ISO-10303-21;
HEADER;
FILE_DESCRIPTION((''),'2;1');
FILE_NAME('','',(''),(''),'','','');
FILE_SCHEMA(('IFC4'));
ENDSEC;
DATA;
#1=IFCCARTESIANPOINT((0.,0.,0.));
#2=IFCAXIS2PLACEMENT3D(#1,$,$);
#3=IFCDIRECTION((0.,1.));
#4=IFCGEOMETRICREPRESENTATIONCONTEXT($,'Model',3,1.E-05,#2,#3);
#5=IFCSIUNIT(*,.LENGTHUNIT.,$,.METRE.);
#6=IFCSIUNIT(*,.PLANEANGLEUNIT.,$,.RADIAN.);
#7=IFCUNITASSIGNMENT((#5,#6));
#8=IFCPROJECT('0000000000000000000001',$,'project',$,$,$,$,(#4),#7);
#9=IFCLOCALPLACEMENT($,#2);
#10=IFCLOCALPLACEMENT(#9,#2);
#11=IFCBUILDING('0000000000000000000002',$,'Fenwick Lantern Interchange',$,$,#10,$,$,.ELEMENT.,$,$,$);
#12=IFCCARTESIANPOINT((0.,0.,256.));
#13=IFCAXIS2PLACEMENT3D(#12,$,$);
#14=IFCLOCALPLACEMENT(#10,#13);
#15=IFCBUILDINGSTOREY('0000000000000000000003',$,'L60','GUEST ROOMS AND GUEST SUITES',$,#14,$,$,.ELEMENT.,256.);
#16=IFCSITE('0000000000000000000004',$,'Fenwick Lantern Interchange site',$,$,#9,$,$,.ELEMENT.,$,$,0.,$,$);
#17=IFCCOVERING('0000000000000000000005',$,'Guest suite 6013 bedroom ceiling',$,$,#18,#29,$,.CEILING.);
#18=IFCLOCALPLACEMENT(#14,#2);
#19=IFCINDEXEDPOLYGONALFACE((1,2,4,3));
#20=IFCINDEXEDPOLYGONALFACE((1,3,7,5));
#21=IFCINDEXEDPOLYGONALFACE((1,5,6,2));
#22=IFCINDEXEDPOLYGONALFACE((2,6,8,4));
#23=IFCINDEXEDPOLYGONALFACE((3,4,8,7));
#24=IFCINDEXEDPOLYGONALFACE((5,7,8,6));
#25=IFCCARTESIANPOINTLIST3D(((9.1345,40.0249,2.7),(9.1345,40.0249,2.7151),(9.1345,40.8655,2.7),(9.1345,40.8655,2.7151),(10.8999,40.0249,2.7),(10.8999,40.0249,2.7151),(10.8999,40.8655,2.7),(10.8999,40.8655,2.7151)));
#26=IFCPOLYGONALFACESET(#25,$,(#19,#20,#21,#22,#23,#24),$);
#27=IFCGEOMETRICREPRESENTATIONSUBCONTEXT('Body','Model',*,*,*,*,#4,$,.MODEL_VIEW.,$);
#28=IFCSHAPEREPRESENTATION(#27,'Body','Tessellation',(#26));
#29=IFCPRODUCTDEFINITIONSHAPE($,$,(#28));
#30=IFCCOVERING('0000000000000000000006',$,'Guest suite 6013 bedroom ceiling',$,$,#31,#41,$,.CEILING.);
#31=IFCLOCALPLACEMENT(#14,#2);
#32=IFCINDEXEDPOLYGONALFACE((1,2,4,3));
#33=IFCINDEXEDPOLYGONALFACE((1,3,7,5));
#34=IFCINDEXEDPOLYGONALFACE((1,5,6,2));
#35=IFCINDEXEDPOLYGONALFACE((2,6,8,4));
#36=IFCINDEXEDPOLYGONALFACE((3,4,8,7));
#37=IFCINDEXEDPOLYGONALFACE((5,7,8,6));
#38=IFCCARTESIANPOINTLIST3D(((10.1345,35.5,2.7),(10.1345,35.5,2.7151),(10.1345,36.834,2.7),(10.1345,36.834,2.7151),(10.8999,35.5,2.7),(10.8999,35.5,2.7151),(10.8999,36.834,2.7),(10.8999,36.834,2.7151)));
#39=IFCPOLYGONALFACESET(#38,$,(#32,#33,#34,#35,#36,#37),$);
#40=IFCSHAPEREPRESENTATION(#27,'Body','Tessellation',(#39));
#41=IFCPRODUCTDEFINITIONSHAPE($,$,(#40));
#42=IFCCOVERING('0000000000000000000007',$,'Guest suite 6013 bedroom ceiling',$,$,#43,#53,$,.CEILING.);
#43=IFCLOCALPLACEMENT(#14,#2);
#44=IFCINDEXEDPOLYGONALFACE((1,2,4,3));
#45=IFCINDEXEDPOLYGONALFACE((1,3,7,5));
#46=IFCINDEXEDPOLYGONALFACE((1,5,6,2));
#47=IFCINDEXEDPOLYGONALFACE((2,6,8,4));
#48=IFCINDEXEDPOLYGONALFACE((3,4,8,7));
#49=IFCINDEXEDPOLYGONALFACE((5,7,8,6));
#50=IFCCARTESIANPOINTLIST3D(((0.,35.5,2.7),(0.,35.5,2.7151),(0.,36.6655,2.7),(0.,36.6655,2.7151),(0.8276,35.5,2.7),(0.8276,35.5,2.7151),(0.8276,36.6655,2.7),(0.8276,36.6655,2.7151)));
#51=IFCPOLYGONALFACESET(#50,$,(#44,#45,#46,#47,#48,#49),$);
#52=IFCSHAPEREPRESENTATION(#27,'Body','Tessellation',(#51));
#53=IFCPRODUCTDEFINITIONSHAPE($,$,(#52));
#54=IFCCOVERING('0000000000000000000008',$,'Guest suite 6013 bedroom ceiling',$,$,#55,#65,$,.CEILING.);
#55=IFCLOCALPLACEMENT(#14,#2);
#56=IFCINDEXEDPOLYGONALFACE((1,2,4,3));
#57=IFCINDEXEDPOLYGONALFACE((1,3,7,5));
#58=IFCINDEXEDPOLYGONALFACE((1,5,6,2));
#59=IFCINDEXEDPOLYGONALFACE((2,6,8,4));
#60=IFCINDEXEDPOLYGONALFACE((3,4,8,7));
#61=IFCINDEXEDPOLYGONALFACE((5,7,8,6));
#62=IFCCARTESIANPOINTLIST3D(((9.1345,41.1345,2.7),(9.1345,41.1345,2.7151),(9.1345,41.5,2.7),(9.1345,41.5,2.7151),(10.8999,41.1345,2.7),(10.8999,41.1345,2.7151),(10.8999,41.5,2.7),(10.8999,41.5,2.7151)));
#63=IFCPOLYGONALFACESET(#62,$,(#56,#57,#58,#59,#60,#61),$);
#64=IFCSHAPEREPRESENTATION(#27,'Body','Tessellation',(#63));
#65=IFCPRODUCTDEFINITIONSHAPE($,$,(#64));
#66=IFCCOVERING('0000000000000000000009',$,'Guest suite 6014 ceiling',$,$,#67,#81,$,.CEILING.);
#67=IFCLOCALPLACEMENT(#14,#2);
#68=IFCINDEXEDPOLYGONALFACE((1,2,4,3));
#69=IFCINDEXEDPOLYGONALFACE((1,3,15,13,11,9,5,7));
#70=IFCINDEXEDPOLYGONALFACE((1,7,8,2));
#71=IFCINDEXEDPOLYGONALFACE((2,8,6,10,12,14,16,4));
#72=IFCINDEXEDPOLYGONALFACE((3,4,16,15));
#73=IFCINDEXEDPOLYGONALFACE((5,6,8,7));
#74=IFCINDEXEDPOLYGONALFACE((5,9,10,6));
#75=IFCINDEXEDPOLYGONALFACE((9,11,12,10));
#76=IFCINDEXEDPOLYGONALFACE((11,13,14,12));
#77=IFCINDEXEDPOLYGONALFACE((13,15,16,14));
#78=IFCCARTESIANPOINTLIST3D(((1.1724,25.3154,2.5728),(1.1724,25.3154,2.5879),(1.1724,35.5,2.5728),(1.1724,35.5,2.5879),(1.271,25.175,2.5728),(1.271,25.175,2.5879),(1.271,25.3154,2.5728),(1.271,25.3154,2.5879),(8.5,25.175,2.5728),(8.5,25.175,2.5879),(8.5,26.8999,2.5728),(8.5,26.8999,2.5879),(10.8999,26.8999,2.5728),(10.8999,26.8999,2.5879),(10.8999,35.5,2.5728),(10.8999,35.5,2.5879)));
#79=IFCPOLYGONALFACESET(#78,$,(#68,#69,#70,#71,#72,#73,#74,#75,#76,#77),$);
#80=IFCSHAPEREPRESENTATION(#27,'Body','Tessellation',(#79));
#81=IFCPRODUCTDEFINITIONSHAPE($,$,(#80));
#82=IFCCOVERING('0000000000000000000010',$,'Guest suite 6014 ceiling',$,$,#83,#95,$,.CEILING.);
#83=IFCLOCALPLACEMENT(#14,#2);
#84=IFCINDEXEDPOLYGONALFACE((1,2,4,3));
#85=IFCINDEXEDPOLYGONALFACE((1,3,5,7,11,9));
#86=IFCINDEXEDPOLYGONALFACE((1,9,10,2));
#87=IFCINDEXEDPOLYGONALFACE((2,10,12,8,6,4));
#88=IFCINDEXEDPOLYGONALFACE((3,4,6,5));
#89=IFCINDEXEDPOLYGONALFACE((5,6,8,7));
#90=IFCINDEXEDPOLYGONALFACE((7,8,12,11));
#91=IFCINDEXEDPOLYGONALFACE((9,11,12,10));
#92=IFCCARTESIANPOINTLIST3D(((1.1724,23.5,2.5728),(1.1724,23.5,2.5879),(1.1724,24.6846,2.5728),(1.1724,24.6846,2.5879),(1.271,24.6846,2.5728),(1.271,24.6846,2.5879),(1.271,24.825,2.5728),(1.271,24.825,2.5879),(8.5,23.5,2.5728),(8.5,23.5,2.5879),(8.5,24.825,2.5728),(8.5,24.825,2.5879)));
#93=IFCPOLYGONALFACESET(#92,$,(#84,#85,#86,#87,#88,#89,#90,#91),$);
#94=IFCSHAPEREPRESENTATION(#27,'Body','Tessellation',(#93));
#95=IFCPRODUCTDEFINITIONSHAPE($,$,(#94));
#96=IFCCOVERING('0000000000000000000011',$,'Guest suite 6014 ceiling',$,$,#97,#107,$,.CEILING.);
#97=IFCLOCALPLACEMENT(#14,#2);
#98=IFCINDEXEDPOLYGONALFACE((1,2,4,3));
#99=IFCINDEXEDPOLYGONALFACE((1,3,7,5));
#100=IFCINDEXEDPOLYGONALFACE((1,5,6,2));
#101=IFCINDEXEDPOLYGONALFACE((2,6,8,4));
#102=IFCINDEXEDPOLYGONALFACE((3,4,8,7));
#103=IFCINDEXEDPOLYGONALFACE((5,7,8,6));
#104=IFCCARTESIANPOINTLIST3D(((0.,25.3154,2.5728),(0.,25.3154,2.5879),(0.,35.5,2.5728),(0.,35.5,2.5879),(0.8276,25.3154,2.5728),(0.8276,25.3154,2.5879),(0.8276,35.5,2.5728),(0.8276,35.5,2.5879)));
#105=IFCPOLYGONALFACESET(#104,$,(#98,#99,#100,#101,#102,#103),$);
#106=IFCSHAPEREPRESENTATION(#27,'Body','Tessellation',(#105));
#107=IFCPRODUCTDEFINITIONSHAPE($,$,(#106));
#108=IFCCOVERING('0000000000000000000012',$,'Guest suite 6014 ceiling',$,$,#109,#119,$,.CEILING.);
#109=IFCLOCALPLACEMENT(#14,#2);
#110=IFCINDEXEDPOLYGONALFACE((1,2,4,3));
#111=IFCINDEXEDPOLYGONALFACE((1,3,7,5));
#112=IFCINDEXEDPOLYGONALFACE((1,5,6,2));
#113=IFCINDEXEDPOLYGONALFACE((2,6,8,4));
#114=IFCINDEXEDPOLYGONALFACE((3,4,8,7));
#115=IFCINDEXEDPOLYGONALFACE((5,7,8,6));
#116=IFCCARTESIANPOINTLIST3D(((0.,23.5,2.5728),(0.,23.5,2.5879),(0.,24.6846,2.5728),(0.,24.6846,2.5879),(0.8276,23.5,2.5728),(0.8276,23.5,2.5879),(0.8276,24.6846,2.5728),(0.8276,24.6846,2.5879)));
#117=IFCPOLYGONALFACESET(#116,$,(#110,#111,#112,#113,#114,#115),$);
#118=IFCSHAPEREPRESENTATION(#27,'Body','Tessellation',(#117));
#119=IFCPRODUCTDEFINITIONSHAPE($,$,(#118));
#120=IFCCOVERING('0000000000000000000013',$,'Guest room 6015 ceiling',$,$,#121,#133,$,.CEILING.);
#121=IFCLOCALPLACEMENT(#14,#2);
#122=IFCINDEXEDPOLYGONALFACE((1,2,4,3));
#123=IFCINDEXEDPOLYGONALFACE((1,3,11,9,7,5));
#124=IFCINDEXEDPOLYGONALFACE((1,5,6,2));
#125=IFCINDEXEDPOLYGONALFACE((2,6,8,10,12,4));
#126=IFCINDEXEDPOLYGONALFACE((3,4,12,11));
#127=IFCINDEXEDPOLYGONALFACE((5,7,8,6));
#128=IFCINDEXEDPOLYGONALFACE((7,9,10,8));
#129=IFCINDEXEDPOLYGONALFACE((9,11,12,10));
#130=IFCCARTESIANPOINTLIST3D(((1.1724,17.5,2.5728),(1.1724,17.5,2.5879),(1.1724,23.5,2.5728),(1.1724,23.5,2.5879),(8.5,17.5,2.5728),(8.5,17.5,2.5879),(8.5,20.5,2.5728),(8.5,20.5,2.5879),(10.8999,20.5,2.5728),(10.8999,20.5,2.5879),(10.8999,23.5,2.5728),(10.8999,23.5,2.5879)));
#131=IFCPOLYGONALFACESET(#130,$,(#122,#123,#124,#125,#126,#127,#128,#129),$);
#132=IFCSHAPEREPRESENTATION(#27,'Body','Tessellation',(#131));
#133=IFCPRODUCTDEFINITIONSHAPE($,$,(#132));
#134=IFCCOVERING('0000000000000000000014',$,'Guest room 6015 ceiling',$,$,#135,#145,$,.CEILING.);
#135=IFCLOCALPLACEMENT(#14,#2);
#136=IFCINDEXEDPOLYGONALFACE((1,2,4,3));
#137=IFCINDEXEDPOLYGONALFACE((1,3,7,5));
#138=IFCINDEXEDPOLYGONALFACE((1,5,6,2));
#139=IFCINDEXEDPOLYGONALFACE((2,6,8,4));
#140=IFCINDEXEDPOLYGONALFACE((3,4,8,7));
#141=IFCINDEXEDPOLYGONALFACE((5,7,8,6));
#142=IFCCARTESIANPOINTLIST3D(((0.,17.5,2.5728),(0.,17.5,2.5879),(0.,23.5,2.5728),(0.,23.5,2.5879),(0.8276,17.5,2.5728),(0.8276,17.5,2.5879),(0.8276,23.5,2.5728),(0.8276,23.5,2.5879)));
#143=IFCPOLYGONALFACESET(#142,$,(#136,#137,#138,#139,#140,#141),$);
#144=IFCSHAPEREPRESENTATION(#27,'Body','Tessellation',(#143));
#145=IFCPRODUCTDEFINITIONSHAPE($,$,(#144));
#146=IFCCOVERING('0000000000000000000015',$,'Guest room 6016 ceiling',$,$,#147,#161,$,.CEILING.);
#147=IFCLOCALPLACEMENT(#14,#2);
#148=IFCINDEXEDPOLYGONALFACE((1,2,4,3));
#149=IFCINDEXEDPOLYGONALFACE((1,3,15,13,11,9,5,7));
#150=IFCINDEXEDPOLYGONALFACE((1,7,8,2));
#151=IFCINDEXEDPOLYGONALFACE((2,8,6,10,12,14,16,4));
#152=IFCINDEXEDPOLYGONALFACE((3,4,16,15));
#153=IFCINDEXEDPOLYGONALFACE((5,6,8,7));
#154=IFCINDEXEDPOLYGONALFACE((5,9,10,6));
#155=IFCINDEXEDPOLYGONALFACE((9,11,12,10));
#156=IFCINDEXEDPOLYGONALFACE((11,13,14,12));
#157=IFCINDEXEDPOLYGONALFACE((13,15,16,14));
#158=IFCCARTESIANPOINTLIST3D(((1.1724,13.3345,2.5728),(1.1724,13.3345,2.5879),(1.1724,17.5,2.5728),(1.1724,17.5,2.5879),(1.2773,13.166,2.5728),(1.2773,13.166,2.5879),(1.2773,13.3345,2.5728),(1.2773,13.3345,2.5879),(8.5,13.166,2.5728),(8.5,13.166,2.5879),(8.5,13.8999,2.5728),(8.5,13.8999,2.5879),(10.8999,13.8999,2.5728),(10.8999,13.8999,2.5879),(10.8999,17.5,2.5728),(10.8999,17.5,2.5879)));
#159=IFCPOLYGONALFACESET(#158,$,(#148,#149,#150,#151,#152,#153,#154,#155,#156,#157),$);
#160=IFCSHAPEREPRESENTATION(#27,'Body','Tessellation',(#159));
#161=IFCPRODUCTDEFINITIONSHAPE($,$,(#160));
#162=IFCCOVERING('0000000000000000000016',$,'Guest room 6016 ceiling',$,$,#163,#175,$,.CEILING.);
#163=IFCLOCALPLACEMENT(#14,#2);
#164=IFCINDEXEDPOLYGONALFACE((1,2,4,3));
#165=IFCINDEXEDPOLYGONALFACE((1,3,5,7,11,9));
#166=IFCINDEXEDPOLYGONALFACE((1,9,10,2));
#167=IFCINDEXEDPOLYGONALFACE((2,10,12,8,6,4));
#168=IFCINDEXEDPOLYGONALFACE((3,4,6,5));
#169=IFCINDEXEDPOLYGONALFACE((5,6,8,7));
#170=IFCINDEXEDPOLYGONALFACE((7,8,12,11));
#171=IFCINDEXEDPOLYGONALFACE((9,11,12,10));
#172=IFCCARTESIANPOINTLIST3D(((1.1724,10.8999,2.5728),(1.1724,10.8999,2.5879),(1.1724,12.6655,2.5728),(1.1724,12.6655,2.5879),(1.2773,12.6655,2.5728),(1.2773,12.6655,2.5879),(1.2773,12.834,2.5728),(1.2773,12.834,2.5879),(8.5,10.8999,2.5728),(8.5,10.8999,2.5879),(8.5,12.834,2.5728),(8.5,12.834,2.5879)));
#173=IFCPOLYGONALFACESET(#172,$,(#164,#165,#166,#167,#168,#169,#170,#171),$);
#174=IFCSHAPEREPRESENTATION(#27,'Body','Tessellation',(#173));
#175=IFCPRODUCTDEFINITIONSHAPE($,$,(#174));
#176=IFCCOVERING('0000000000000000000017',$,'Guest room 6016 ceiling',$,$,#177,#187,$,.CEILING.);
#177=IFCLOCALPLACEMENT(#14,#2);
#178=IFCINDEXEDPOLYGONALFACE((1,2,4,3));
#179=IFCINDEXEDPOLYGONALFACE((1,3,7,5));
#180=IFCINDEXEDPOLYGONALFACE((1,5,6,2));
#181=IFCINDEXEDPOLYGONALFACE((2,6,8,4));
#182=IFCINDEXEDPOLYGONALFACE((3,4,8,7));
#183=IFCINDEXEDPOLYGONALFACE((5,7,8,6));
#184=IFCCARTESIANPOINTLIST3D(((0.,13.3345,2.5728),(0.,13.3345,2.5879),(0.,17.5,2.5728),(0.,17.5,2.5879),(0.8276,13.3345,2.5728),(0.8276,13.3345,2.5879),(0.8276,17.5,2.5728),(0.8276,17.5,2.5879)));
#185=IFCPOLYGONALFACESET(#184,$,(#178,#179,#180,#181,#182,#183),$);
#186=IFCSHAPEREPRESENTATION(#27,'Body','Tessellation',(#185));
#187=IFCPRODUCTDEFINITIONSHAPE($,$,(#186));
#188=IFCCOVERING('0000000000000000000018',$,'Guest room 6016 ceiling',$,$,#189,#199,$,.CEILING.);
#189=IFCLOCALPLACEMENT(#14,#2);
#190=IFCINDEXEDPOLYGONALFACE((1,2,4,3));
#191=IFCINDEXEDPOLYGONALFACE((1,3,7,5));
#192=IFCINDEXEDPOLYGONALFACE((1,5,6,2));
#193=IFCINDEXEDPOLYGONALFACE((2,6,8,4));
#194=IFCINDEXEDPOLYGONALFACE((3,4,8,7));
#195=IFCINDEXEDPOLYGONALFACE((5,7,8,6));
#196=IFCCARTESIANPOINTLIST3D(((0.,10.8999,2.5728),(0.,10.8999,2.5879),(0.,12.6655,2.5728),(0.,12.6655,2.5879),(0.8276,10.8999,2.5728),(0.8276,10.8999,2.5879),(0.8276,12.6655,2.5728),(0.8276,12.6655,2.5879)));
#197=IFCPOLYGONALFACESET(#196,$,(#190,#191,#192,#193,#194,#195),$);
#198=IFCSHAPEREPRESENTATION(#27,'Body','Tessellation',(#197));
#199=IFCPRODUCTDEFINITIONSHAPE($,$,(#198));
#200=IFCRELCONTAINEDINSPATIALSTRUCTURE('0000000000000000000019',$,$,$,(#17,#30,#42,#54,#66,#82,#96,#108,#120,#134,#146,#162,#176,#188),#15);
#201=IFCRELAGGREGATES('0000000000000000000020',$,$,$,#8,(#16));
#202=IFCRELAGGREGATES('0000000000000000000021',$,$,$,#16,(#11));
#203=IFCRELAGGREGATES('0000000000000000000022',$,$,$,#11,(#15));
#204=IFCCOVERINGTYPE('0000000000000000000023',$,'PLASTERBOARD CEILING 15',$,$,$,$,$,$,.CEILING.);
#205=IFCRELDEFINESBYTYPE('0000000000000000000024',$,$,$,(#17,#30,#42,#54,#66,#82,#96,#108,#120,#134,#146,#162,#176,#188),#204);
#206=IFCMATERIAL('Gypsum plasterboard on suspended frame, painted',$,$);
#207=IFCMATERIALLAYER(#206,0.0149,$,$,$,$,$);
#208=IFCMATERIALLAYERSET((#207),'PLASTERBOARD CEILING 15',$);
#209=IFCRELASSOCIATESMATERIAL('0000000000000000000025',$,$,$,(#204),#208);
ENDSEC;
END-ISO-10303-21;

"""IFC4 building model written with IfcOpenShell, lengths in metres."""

from ifc_helpers import new_model, si_unit, direction, frame, origin, place, context, subcontext, project, spatial, polyline, outline, extrude, material, layer, layer_set, type_object, element, save


model = new_model("IFC4")

# Units and contexts
model_context = context("Model", 3, precision=1e-05, world=origin(), true_north=direction((0.0, 1.0)))
body_context = subcontext(model_context, "Body", "Model", "MODEL_VIEW")
ifc_project = project(units=[si_unit("LENGTHUNIT", "METRE"), si_unit("PLANEANGLEUNIT", "RADIAN")], contexts=[model_context])

# Site, building, storey
site_placement = place(None, origin())
site = spatial("IfcSite", under=ifc_project, at=site_placement, Name="Fenwick Lantern Interchange site", CompositionType="ELEMENT", RefElevation=0.0)
building_placement = place(site_placement, origin())
building = spatial("IfcBuilding", under=site, at=building_placement, Name="Fenwick Lantern Interchange", CompositionType="ELEMENT")
storey_placement = place(building_placement, frame((0.0, 0.0, 256.0)))
storey = spatial("IfcBuildingStorey", under=building, at=storey_placement, Name="L60", Description="GUEST ROOMS AND GUEST SUITES", CompositionType="ELEMENT", Elevation=256.0)

# Coverings
ifc_material_1 = material(Name="Gypsum plasterboard on suspended frame, painted")
ifc_layer_1 = layer(ifc_material_1, 0.0149)
ifc_layer_set_1 = layer_set([ifc_layer_1], Name="PLASTERBOARD CEILING 15")
covering_type_1 = type_object("IfcCoveringType", Name="PLASTERBOARD CEILING 15", PredefinedType="CEILING", material=ifc_layer_set_1)
covering_1_placement = place(storey_placement, frame((0.0, 0.0, 2.7)))
element("IfcCovering", 1, at=covering_1_placement, inside=storey, type_object=covering_type_1, Name="Guest suite 6013 bedroom ceiling", PredefinedType="CEILING", context=body_context, shape_type="SweptSolid", body=[
    extrude(outline(polyline([(10.8999, 40.0249), (10.8999, 40.8655), (9.1345, 40.8655), (9.1345, 40.0249), (10.8999, 40.0249)])), origin(), (0.0, 0.0, 1.0), 0.0151),
])
covering_2_placement = place(storey_placement, frame((0.0, 0.0, 2.7)))
element("IfcCovering", 2, at=covering_2_placement, inside=storey, type_object=covering_type_1, Name="Guest suite 6013 bedroom ceiling", PredefinedType="CEILING", context=body_context, shape_type="SweptSolid", body=[
    extrude(outline(polyline([(10.8999, 35.5), (10.8999, 36.834), (10.1345, 36.834), (10.1345, 35.5), (10.8999, 35.5)])), origin(), (0.0, 0.0, 1.0), 0.0151),
])
covering_3_placement = place(storey_placement, frame((0.0, 0.0, 2.7)))
element("IfcCovering", 3, at=covering_3_placement, inside=storey, type_object=covering_type_1, Name="Guest suite 6013 bedroom ceiling", PredefinedType="CEILING", context=body_context, shape_type="SweptSolid", body=[
    extrude(outline(polyline([(0.0, 36.6655), (0.0, 35.5), (0.8276, 35.5), (0.8276, 36.6655), (0.0, 36.6655)])), origin(), (0.0, 0.0, 1.0), 0.0151),
])
covering_4_placement = place(storey_placement, frame((0.0, 0.0, 2.7)))
element("IfcCovering", 4, at=covering_4_placement, inside=storey, type_object=covering_type_1, Name="Guest suite 6013 bedroom ceiling", PredefinedType="CEILING", context=body_context, shape_type="SweptSolid", body=[
    extrude(outline(polyline([(10.8999, 41.5), (9.1345, 41.5), (9.1345, 41.1345), (10.8999, 41.1345), (10.8999, 41.5)])), origin(), (0.0, 0.0, 1.0), 0.0151),
])
covering_5_placement = place(storey_placement, frame((0.0, 0.0, 2.5728)))
element("IfcCovering", 5, at=covering_5_placement, inside=storey, type_object=covering_type_1, Name="Guest suite 6014 ceiling", PredefinedType="CEILING", context=body_context, shape_type="SweptSolid", body=[
    extrude(outline(polyline([(1.271, 25.3154), (1.271, 25.175), (8.5, 25.175), (8.5, 26.8999), (10.8999, 26.8999), (10.8999, 35.5), (1.1724, 35.5), (1.1724, 25.3154), (1.271, 25.3154)])), origin(), (0.0, 0.0, 1.0), 0.0151),
])
covering_6_placement = place(storey_placement, frame((0.0, 0.0, 2.5728)))
element("IfcCovering", 6, at=covering_6_placement, inside=storey, type_object=covering_type_1, Name="Guest suite 6014 ceiling", PredefinedType="CEILING", context=body_context, shape_type="SweptSolid", body=[
    extrude(outline(polyline([(1.271, 24.6846), (1.1724, 24.6846), (1.1724, 23.5), (8.5, 23.5), (8.5, 24.825), (1.271, 24.825), (1.271, 24.6846)])), origin(), (0.0, 0.0, 1.0), 0.0151),
])
covering_7_placement = place(storey_placement, frame((0.0, 0.0, 2.5728)))
element("IfcCovering", 7, at=covering_7_placement, inside=storey, type_object=covering_type_1, Name="Guest suite 6014 ceiling", PredefinedType="CEILING", context=body_context, shape_type="SweptSolid", body=[
    extrude(outline(polyline([(0.0, 25.3154), (0.8276, 25.3154), (0.8276, 35.5), (0.0, 35.5), (0.0, 25.3154)])), origin(), (0.0, 0.0, 1.0), 0.0151),
])
covering_8_placement = place(storey_placement, frame((0.0, 0.0, 2.5728)))
element("IfcCovering", 8, at=covering_8_placement, inside=storey, type_object=covering_type_1, Name="Guest suite 6014 ceiling", PredefinedType="CEILING", context=body_context, shape_type="SweptSolid", body=[
    extrude(outline(polyline([(0.8276, 24.6846), (0.0, 24.6846), (0.0, 23.5), (0.8276, 23.5), (0.8276, 24.6846)])), origin(), (0.0, 0.0, 1.0), 0.0151),
])
covering_9_placement = place(storey_placement, frame((0.0, 0.0, 2.5728)))
element("IfcCovering", 9, at=covering_9_placement, inside=storey, type_object=covering_type_1, Name="Guest room 6015 ceiling", PredefinedType="CEILING", context=body_context, shape_type="SweptSolid", body=[
    extrude(outline(polyline([(10.8999, 23.5), (1.1724, 23.5), (1.1724, 17.5), (8.5, 17.5), (8.5, 20.5), (10.8999, 20.5), (10.8999, 23.5)])), origin(), (0.0, 0.0, 1.0), 0.0151),
])
covering_10_placement = place(storey_placement, frame((0.0, 0.0, 2.5728)))
element("IfcCovering", 10, at=covering_10_placement, inside=storey, type_object=covering_type_1, Name="Guest room 6015 ceiling", PredefinedType="CEILING", context=body_context, shape_type="SweptSolid", body=[
    extrude(outline(polyline([(0.0, 23.5), (0.0, 17.5), (0.8276, 17.5), (0.8276, 23.5), (0.0, 23.5)])), origin(), (0.0, 0.0, 1.0), 0.0151),
])
covering_11_placement = place(storey_placement, frame((0.0, 0.0, 2.5728)))
element("IfcCovering", 11, at=covering_11_placement, inside=storey, type_object=covering_type_1, Name="Guest room 6016 ceiling", PredefinedType="CEILING", context=body_context, shape_type="SweptSolid", body=[
    extrude(outline(polyline([(1.2773, 13.3345), (1.2773, 13.166), (8.5, 13.166), (8.5, 13.8999), (10.8999, 13.8999), (10.8999, 17.5), (1.1724, 17.5), (1.1724, 13.3345), (1.2773, 13.3345)])), origin(), (0.0, 0.0, 1.0), 0.0151),
])
covering_12_placement = place(storey_placement, frame((0.0, 0.0, 2.5728)))
element("IfcCovering", 12, at=covering_12_placement, inside=storey, type_object=covering_type_1, Name="Guest room 6016 ceiling", PredefinedType="CEILING", context=body_context, shape_type="SweptSolid", body=[
    extrude(outline(polyline([(1.2773, 12.6655), (1.1724, 12.6655), (1.1724, 10.8999), (8.5, 10.8999), (8.5, 12.834), (1.2773, 12.834), (1.2773, 12.6655)])), origin(), (0.0, 0.0, 1.0), 0.0151),
])
covering_13_placement = place(storey_placement, frame((0.0, 0.0, 2.5728)))
element("IfcCovering", 13, at=covering_13_placement, inside=storey, type_object=covering_type_1, Name="Guest room 6016 ceiling", PredefinedType="CEILING", context=body_context, shape_type="SweptSolid", body=[
    extrude(outline(polyline([(0.0, 13.3345), (0.8276, 13.3345), (0.8276, 17.5), (0.0, 17.5), (0.0, 13.3345)])), origin(), (0.0, 0.0, 1.0), 0.0151),
])
covering_14_placement = place(storey_placement, frame((0.0, 0.0, 2.5728)))
element("IfcCovering", 14, at=covering_14_placement, inside=storey, type_object=covering_type_1, Name="Guest room 6016 ceiling", PredefinedType="CEILING", context=body_context, shape_type="SweptSolid", body=[
    extrude(outline(polyline([(0.8276, 12.6655), (0.0, 12.6655), (0.0, 10.8999), (0.8276, 10.8999), (0.8276, 12.6655)])), origin(), (0.0, 0.0, 1.0), 0.0151),
])

save(model, "model.ifc")
